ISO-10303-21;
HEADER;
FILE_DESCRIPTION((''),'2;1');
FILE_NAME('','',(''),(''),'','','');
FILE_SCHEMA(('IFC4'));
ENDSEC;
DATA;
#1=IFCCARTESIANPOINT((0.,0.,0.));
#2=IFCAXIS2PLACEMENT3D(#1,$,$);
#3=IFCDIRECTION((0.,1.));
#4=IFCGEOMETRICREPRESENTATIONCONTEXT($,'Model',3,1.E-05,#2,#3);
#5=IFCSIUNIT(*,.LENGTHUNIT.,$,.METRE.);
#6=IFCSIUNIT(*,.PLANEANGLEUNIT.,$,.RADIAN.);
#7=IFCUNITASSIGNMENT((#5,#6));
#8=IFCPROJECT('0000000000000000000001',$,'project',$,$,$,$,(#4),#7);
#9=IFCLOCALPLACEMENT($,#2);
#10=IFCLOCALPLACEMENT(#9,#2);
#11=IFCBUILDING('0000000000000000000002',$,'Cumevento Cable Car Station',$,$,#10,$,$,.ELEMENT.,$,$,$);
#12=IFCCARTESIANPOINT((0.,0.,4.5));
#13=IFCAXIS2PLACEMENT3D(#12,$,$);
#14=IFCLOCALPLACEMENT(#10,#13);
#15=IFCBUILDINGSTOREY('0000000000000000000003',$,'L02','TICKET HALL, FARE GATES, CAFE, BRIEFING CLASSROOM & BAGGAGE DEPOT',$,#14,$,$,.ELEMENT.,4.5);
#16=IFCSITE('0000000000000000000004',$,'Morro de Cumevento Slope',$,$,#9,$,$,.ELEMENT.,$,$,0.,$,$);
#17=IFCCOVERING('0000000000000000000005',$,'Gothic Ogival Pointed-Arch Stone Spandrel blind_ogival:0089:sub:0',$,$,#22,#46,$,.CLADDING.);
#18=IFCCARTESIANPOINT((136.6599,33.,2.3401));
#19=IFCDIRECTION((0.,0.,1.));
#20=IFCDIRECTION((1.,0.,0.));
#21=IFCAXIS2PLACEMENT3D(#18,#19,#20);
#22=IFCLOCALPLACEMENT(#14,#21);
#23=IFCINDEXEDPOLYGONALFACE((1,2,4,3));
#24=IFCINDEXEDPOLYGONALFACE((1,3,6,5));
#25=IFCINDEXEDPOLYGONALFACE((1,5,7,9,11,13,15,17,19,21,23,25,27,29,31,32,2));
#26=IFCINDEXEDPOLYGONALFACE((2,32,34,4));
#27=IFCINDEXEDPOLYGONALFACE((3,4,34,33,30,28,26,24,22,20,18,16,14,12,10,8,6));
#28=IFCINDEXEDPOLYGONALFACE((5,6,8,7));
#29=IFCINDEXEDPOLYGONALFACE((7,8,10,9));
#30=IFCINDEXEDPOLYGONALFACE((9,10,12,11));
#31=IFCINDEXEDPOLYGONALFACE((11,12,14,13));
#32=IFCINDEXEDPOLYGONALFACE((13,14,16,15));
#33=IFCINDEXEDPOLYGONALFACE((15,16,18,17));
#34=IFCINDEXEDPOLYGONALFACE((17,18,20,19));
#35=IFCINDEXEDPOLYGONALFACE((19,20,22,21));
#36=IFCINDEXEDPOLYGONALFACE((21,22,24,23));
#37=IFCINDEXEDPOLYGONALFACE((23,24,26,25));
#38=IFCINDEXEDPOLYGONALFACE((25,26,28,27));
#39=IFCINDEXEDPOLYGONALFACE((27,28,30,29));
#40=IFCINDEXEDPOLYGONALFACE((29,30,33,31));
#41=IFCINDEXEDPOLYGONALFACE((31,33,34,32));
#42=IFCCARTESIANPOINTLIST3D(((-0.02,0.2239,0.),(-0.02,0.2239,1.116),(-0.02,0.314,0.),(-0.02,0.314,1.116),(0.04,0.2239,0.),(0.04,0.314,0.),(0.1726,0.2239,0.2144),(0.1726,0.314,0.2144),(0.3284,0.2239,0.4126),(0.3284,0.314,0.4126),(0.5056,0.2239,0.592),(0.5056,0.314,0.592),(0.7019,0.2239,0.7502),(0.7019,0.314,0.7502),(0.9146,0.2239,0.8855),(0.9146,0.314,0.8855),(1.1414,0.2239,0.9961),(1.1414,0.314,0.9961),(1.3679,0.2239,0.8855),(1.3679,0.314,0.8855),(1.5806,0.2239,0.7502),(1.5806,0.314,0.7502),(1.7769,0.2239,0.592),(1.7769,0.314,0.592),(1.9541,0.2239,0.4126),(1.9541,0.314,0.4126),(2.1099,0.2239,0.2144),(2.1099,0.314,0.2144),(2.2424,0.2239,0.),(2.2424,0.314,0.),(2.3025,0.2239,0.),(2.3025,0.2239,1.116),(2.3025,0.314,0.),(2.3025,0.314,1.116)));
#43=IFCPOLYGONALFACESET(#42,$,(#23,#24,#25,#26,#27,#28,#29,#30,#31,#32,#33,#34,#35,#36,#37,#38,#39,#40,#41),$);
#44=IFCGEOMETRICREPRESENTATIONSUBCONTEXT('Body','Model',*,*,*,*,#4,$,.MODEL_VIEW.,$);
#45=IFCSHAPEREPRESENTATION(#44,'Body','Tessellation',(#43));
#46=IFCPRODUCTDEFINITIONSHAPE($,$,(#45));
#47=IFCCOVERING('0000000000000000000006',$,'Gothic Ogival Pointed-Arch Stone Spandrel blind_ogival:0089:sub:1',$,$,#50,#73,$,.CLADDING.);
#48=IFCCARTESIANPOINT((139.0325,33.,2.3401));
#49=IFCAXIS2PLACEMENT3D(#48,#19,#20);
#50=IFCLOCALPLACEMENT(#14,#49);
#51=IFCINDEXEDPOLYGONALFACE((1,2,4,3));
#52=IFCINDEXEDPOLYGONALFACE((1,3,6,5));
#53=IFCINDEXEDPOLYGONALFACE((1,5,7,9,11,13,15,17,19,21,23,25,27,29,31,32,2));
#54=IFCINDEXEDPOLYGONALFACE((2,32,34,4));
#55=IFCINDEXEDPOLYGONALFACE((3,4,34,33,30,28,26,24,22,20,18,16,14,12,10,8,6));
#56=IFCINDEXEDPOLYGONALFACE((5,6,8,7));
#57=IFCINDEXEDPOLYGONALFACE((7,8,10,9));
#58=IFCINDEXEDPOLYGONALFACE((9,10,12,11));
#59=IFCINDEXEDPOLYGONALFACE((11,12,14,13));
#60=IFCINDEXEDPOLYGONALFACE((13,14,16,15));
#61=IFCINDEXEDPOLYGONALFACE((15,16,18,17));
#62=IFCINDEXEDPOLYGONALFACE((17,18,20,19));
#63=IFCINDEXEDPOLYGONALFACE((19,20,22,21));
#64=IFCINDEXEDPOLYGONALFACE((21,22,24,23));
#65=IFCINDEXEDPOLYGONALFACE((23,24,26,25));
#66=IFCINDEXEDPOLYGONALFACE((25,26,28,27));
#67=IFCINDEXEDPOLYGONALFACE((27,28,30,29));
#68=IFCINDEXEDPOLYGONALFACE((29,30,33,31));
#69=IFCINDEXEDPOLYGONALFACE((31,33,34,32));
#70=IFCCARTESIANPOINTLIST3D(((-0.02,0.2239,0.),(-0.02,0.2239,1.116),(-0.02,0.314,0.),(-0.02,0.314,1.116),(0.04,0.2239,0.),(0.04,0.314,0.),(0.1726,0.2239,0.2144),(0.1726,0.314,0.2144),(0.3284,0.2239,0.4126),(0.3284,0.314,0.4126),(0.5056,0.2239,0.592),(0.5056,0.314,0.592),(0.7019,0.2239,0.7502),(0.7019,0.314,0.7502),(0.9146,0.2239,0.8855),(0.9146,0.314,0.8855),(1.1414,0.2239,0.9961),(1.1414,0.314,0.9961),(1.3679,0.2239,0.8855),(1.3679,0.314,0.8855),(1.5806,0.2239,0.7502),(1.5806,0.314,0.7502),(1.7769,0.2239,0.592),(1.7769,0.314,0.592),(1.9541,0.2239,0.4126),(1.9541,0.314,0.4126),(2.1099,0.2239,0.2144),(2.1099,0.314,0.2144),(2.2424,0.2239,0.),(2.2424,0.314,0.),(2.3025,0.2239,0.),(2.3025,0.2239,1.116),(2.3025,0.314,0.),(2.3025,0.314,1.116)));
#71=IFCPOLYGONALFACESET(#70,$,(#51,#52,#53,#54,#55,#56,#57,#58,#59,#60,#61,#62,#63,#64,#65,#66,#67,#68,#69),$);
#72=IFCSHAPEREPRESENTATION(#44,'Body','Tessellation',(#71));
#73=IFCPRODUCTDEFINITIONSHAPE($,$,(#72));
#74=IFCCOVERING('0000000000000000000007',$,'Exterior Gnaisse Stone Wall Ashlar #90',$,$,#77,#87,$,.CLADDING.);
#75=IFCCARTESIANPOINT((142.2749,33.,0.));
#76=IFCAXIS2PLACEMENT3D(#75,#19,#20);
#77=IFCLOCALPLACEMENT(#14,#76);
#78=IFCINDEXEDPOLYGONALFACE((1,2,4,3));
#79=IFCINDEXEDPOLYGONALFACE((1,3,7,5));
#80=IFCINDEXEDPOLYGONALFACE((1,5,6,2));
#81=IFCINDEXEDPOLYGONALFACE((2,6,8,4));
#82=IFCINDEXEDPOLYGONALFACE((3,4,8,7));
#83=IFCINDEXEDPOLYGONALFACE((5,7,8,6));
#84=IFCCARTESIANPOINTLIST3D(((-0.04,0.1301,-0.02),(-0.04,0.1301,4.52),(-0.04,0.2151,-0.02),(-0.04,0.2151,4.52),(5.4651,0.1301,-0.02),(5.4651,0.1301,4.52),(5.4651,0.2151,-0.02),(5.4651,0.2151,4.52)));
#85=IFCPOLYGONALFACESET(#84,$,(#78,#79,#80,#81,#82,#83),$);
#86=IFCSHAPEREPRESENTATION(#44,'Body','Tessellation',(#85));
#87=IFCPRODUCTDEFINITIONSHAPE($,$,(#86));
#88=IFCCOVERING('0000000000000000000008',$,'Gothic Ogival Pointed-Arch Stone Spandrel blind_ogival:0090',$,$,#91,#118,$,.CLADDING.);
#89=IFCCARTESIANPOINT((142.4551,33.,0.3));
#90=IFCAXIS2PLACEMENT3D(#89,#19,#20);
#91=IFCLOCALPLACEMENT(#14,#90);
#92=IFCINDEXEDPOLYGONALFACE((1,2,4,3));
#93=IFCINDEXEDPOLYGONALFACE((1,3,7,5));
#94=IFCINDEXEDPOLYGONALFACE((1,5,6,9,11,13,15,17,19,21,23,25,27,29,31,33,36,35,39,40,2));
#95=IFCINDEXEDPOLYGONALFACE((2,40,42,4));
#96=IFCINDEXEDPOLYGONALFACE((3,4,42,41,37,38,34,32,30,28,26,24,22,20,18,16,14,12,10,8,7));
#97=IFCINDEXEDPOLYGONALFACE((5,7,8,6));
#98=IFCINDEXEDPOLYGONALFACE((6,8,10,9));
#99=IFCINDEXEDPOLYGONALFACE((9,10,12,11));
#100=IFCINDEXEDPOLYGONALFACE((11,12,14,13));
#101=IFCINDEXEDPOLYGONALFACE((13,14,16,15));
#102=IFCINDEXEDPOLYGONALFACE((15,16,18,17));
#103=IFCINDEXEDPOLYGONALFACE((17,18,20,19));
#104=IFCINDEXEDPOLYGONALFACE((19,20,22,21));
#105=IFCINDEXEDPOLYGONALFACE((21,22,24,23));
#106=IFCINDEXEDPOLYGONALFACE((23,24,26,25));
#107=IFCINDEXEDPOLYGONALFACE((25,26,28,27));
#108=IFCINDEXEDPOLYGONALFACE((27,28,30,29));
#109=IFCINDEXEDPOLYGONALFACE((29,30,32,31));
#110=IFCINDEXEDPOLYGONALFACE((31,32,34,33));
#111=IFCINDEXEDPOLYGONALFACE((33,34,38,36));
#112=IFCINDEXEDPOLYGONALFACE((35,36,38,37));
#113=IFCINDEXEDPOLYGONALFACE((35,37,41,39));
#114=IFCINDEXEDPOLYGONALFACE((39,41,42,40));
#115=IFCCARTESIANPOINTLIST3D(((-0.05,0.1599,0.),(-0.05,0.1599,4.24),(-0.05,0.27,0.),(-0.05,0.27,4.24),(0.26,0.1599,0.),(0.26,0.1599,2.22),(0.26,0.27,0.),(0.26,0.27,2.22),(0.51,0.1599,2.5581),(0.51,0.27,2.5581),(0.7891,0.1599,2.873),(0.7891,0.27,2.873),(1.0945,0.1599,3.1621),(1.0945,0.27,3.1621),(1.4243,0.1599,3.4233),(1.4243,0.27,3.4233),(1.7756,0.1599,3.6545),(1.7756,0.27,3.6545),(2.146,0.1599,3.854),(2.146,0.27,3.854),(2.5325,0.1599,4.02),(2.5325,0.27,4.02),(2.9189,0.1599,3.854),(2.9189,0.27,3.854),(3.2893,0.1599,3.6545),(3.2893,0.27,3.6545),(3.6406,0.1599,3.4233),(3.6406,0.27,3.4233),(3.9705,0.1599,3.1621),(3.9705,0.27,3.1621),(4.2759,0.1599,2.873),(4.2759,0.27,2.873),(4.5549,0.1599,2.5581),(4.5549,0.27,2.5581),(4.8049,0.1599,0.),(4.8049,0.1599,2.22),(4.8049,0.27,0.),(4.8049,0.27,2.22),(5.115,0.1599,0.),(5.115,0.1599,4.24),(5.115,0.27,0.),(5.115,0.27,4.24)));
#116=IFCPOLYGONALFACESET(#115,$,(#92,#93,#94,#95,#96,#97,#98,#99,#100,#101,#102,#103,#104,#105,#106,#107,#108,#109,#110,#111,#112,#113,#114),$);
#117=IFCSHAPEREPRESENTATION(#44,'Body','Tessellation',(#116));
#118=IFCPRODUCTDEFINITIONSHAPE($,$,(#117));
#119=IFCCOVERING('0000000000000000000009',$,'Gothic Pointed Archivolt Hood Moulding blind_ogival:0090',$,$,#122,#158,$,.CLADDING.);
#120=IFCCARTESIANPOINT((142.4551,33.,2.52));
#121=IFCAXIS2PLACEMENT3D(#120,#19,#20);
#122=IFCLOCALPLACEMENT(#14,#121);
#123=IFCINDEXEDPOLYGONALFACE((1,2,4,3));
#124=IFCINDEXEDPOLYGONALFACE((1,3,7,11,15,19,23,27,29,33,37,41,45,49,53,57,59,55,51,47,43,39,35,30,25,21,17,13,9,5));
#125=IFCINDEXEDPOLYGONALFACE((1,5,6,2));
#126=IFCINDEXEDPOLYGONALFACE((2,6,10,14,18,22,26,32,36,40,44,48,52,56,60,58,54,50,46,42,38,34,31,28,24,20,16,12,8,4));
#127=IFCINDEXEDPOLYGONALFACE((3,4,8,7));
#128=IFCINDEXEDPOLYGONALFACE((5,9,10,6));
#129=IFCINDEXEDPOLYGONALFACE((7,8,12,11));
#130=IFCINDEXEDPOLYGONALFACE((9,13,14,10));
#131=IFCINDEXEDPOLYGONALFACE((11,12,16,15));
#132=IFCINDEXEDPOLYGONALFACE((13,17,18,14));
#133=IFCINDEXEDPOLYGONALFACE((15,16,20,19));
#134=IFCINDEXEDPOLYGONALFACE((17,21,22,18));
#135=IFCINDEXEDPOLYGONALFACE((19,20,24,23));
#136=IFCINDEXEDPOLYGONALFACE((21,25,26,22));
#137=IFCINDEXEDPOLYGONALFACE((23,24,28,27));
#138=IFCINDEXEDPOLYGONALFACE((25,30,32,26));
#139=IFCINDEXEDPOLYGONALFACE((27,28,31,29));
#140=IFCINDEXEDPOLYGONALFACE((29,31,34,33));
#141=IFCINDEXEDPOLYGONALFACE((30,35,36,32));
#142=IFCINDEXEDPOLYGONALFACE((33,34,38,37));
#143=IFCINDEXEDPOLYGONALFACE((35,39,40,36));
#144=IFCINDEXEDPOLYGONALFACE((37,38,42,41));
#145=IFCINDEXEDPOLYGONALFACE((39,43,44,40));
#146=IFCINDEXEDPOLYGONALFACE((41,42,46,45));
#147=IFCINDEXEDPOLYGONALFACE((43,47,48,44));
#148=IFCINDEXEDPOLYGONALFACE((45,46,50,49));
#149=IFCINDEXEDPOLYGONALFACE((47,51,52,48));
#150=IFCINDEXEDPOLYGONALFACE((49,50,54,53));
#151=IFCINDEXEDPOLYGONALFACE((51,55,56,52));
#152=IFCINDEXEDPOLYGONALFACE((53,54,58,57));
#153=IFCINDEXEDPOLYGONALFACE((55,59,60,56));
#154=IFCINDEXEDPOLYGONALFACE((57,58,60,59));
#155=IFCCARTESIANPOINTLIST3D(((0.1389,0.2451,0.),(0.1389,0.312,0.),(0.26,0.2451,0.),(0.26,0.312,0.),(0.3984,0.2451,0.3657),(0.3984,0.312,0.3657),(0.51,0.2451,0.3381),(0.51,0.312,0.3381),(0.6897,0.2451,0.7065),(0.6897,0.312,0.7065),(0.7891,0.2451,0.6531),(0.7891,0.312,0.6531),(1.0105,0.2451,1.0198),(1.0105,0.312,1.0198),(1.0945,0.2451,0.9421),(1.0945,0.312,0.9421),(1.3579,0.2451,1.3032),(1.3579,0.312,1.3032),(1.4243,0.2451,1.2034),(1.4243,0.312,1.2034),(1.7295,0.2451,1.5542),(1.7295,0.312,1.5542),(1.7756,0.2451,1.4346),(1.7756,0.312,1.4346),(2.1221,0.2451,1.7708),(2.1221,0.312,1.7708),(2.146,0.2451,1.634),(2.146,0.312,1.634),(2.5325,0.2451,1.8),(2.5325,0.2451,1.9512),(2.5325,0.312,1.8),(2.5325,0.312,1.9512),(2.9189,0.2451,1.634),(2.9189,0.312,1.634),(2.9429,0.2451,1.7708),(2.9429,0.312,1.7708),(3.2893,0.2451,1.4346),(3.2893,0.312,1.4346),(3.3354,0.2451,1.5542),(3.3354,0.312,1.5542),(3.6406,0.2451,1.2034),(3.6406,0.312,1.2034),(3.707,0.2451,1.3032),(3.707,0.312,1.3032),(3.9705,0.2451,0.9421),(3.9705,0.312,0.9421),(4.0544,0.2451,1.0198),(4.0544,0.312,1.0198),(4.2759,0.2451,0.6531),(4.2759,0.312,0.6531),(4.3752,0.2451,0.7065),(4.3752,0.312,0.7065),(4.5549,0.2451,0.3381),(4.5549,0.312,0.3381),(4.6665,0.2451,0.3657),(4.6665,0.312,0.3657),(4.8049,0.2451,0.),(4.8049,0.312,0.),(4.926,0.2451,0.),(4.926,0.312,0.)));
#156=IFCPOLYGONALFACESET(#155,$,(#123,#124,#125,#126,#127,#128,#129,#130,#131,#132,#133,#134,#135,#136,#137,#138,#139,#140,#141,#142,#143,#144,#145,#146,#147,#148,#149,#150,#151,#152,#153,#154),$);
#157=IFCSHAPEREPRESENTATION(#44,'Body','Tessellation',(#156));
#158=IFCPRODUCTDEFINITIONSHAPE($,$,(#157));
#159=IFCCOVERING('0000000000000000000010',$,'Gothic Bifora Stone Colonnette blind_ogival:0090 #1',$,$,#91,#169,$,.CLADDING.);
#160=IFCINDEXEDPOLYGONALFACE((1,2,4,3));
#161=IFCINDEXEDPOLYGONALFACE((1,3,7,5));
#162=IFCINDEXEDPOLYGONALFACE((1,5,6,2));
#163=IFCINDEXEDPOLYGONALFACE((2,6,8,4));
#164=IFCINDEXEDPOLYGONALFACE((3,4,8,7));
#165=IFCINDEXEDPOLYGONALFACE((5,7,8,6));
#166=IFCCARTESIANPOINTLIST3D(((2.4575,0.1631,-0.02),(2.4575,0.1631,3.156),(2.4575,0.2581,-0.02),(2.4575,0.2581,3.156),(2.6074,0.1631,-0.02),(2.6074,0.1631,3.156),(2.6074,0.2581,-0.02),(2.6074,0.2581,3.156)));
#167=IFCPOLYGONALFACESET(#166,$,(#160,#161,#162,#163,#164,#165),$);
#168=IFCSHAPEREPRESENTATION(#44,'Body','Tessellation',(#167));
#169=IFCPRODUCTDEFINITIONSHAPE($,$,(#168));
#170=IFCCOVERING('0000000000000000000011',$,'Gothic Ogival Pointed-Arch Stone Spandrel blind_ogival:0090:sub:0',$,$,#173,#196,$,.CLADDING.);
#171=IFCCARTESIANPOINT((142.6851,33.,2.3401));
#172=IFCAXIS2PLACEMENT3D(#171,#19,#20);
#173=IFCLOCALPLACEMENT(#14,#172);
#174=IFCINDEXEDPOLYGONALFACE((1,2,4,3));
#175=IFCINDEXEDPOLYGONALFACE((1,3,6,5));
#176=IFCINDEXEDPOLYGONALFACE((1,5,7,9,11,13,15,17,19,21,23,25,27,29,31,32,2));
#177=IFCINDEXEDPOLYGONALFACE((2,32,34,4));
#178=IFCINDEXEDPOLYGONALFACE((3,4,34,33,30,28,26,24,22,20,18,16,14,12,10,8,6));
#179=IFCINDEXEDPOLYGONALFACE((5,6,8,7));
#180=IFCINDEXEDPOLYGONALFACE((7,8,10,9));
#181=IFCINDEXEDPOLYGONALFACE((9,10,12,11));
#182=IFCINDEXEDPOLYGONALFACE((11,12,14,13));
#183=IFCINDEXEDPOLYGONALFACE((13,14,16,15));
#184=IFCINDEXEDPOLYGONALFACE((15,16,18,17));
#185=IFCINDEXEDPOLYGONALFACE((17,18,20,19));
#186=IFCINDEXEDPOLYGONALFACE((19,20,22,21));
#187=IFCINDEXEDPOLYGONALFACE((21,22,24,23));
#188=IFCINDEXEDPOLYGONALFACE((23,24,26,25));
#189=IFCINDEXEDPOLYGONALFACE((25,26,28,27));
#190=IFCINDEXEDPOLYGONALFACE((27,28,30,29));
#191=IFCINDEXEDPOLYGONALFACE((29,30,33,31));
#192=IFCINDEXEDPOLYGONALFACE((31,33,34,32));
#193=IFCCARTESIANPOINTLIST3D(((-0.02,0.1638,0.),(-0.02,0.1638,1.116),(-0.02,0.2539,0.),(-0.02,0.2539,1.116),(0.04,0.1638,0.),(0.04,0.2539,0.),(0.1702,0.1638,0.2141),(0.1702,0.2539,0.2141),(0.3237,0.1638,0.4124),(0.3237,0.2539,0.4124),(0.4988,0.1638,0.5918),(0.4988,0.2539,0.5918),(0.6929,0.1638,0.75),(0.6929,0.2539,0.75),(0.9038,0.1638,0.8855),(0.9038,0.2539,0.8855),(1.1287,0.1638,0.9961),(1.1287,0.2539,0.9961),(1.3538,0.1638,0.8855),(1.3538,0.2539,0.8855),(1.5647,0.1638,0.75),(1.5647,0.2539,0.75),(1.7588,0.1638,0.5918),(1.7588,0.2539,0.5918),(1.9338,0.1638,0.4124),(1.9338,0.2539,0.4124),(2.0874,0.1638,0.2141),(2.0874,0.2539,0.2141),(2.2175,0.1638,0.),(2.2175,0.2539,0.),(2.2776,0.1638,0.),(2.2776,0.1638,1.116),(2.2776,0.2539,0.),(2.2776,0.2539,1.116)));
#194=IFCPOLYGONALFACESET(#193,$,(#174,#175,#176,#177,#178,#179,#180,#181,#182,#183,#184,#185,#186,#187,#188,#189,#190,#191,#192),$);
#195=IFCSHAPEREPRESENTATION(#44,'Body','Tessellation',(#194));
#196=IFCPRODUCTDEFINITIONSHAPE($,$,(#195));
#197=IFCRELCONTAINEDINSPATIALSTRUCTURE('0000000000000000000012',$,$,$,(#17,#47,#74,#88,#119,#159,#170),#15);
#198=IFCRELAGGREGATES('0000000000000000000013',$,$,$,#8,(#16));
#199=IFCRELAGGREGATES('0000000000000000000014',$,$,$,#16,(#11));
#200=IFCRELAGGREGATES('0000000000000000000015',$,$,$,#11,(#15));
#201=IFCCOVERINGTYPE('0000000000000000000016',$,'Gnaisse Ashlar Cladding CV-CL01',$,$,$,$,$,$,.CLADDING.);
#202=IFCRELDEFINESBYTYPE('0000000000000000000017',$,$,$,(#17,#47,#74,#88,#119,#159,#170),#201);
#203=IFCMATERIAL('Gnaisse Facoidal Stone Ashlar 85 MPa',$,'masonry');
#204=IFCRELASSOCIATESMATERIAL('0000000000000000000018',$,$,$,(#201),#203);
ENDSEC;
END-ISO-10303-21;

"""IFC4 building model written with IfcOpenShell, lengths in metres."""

from ifc_helpers import new_model, si_unit, direction, frame, origin, place, context, subcontext, project, spatial, polyline, outline, extrude, material, type_object, element, save


model = new_model("IFC4")

# Units and contexts
model_context = context("Model", 3, precision=1e-05, world=origin(), true_north=direction((0.0, 1.0)))
body_context = subcontext(model_context, "Body", "Model", "MODEL_VIEW")
ifc_project = project(units=[si_unit("LENGTHUNIT", "METRE"), si_unit("PLANEANGLEUNIT", "RADIAN")], contexts=[model_context])

# Site, building, storey
site_placement = place(None, origin())
site = spatial("IfcSite", under=ifc_project, at=site_placement, Name="Morro de Cumevento Slope", CompositionType="ELEMENT", RefElevation=0.0)
building_placement = place(site_placement, origin())
building = spatial("IfcBuilding", under=site, at=building_placement, Name="Cumevento Cable Car Station", CompositionType="ELEMENT")
storey_placement = place(building_placement, frame((0.0, 0.0, 4.5)))
storey = spatial("IfcBuildingStorey", under=building, at=storey_placement, Name="L02", Description="TICKET HALL, FARE GATES, CAFE, BRIEFING CLASSROOM & BAGGAGE DEPOT", CompositionType="ELEMENT", Elevation=4.5)

# Coverings
ifc_material_1 = material(Name="Gnaisse Facoidal Stone Ashlar 85 MPa", Category="masonry")
covering_type = type_object("IfcCoveringType", Name="Gnaisse Ashlar Cladding CV-CL01", PredefinedType="CLADDING", material=ifc_material_1)
for number, where, z_axis, x_axis, name in (
    (1, (136.6599, 33.0, 2.3401), (0.0, 0.0, 1.0), (1.0, 0.0, 0.0), "Gothic Ogival Pointed-Arch Stone Spandrel blind_ogival:0089:sub:0"),
    (2, (139.0325, 33.0, 2.3401), (0.0, 0.0, 1.0), (1.0, 0.0, 0.0), "Gothic Ogival Pointed-Arch Stone Spandrel blind_ogival:0089:sub:1"),
):
    element("IfcCovering", number, at=place(storey_placement, frame(where, z_axis=z_axis, x_axis=x_axis)), inside=storey, type_object=covering_type, Name=name, PredefinedType="CLADDING", context=body_context, shape_type="SweptSolid", body=[
        extrude(outline(polyline([(-0.02, 0.0), (-0.02, 1.116), (2.3025, 1.116), (2.3025, 0.0), (2.2424, 0.0), (2.1099, 0.2144), (1.9541, 0.4126), (1.7769, 0.592), (1.5806, 0.7502), (1.3679, 0.8855), (1.1414, 0.9961), (0.9146, 0.8855), (0.7019, 0.7502), (0.5056, 0.592), (0.3284, 0.4126), (0.1726, 0.2144), (0.04, 0.0), (-0.02, 0.0)])), frame((0.0, 0.314, 0.0), z_axis=(0.0, -1.0, 0.0), x_axis=(1.0, 0.0, 0.0)), (0.0, 0.0, 1.0), 0.0901),
    ])
covering_1_placement = place(storey_placement, frame((142.2749, 33.0, 0.0), z_axis=(0.0, 0.0, 1.0), x_axis=(1.0, 0.0, 0.0)))
element("IfcCovering", 3, at=covering_1_placement, inside=storey, type_object=covering_type, Name="Exterior Gnaisse Stone Wall Ashlar #90", PredefinedType="CLADDING", context=body_context, shape_type="SweptSolid", body=[
    extrude(outline(polyline([(-0.04, -0.02), (5.4651, -0.02), (5.4651, 4.52), (-0.04, 4.52), (-0.04, -0.02)])), frame((0.0, 0.2151, 0.0), z_axis=(0.0, -1.0, 0.0), x_axis=(1.0, 0.0, 0.0)), (0.0, 0.0, 1.0), 0.085),
])
placement_1 = place(storey_placement, frame((142.4551, 33.0, 0.3), z_axis=(0.0, 0.0, 1.0), x_axis=(1.0, 0.0, 0.0)))
element("IfcCovering", 4, at=placement_1, inside=storey, type_object=covering_type, Name="Gothic Ogival Pointed-Arch Stone Spandrel blind_ogival:0090", PredefinedType="CLADDING", context=body_context, shape_type="SweptSolid", body=[
    extrude(outline(polyline([(-0.05, 0.0), (-0.05, 4.24), (5.115, 4.24), (5.115, 0.0), (4.8049, 0.0), (4.8049, 2.22), (4.5549, 2.5581), (4.2759, 2.873), (3.9705, 3.1621), (3.6406, 3.4233), (3.2893, 3.6545), (2.9189, 3.854), (2.5325, 4.02), (2.146, 3.854), (1.7756, 3.6545), (1.4243, 3.4233), (1.0945, 3.1621), (0.7891, 2.873), (0.51, 2.5581), (0.26, 2.22), (0.26, 0.0), (-0.05, 0.0)])), frame((0.0, 0.27, 0.0), z_axis=(0.0, -1.0, 0.0), x_axis=(1.0, 0.0, 0.0)), (0.0, 0.0, 1.0), 0.1101),
])
covering_2_placement = place(storey_placement, frame((142.4551, 33.0, 2.52), z_axis=(0.0, 0.0, 1.0), x_axis=(1.0, 0.0, 0.0)))
element("IfcCovering", 5, at=covering_2_placement, inside=storey, type_object=covering_type, Name="Gothic Pointed Archivolt Hood Moulding blind_ogival:0090", PredefinedType="CLADDING", context=body_context, shape_type="SweptSolid", body=[
    extrude(outline(polyline([(0.26, 0.0), (0.51, 0.3381), (0.7891, 0.6531), (1.0945, 0.9421), (1.4243, 1.2034), (1.7756, 1.4346), (2.146, 1.634), (2.5325, 1.8), (2.9189, 1.634), (3.2893, 1.4346), (3.6406, 1.2034), (3.9705, 0.9421), (4.2759, 0.6531), (4.5549, 0.3381), (4.8049, 0.0), (4.926, 0.0), (4.6665, 0.3657), (4.3752, 0.7065), (4.0544, 1.0198), (3.707, 1.3032), (3.3354, 1.5542), (2.9429, 1.7708), (2.5325, 1.9512), (2.1221, 1.7708), (1.7295, 1.5542), (1.3579, 1.3032), (1.0105, 1.0198), (0.6897, 0.7065), (0.3984, 0.3657), (0.1389, 0.0), (0.26, 0.0)])), frame((0.0, 0.312, 0.0), z_axis=(0.0, -1.0, 0.0), x_axis=(1.0, 0.0, 0.0)), (0.0, 0.0, 1.0), 0.0669),
])
element("IfcCovering", 6, at=placement_1, inside=storey, type_object=covering_type, Name="Gothic Bifora Stone Colonnette blind_ogival:0090 #1", PredefinedType="CLADDING", context=body_context, shape_type="SweptSolid", body=[
    extrude(outline(polyline([(2.4575, -0.02), (2.6074, -0.02), (2.6074, 3.156), (2.4575, 3.156), (2.4575, -0.02)])), frame((0.0, 0.2581, 0.0), z_axis=(0.0, -1.0, 0.0), x_axis=(1.0, 0.0, 0.0)), (0.0, 0.0, 1.0), 0.095),
])
for number, where, z_axis, x_axis, name in (
    (7, (142.6851, 33.0, 2.3401), (0.0, 0.0, 1.0), (1.0, 0.0, 0.0), "Gothic Ogival Pointed-Arch Stone Spandrel blind_ogival:0090:sub:0"),
):
    element("IfcCovering", number, at=place(storey_placement, frame(where, z_axis=z_axis, x_axis=x_axis)), inside=storey, type_object=covering_type, Name=name, PredefinedType="CLADDING", context=body_context, shape_type="SweptSolid", body=[
        extrude(outline(polyline([(-0.02, 0.0), (-0.02, 1.116), (2.2776, 1.116), (2.2776, 0.0), (2.2175, 0.0), (2.0874, 0.2141), (1.9338, 0.4124), (1.7588, 0.5918), (1.5647, 0.75), (1.3538, 0.8855), (1.1287, 0.9961), (0.9038, 0.8855), (0.6929, 0.75), (0.4988, 0.5918), (0.3237, 0.4124), (0.1702, 0.2141), (0.04, 0.0), (-0.02, 0.0)])), frame((0.0, 0.2539, 0.0), z_axis=(0.0, -1.0, 0.0), x_axis=(1.0, 0.0, 0.0)), (0.0, 0.0, 1.0), 0.0901),
    ])

save(model, "model.ifc")
